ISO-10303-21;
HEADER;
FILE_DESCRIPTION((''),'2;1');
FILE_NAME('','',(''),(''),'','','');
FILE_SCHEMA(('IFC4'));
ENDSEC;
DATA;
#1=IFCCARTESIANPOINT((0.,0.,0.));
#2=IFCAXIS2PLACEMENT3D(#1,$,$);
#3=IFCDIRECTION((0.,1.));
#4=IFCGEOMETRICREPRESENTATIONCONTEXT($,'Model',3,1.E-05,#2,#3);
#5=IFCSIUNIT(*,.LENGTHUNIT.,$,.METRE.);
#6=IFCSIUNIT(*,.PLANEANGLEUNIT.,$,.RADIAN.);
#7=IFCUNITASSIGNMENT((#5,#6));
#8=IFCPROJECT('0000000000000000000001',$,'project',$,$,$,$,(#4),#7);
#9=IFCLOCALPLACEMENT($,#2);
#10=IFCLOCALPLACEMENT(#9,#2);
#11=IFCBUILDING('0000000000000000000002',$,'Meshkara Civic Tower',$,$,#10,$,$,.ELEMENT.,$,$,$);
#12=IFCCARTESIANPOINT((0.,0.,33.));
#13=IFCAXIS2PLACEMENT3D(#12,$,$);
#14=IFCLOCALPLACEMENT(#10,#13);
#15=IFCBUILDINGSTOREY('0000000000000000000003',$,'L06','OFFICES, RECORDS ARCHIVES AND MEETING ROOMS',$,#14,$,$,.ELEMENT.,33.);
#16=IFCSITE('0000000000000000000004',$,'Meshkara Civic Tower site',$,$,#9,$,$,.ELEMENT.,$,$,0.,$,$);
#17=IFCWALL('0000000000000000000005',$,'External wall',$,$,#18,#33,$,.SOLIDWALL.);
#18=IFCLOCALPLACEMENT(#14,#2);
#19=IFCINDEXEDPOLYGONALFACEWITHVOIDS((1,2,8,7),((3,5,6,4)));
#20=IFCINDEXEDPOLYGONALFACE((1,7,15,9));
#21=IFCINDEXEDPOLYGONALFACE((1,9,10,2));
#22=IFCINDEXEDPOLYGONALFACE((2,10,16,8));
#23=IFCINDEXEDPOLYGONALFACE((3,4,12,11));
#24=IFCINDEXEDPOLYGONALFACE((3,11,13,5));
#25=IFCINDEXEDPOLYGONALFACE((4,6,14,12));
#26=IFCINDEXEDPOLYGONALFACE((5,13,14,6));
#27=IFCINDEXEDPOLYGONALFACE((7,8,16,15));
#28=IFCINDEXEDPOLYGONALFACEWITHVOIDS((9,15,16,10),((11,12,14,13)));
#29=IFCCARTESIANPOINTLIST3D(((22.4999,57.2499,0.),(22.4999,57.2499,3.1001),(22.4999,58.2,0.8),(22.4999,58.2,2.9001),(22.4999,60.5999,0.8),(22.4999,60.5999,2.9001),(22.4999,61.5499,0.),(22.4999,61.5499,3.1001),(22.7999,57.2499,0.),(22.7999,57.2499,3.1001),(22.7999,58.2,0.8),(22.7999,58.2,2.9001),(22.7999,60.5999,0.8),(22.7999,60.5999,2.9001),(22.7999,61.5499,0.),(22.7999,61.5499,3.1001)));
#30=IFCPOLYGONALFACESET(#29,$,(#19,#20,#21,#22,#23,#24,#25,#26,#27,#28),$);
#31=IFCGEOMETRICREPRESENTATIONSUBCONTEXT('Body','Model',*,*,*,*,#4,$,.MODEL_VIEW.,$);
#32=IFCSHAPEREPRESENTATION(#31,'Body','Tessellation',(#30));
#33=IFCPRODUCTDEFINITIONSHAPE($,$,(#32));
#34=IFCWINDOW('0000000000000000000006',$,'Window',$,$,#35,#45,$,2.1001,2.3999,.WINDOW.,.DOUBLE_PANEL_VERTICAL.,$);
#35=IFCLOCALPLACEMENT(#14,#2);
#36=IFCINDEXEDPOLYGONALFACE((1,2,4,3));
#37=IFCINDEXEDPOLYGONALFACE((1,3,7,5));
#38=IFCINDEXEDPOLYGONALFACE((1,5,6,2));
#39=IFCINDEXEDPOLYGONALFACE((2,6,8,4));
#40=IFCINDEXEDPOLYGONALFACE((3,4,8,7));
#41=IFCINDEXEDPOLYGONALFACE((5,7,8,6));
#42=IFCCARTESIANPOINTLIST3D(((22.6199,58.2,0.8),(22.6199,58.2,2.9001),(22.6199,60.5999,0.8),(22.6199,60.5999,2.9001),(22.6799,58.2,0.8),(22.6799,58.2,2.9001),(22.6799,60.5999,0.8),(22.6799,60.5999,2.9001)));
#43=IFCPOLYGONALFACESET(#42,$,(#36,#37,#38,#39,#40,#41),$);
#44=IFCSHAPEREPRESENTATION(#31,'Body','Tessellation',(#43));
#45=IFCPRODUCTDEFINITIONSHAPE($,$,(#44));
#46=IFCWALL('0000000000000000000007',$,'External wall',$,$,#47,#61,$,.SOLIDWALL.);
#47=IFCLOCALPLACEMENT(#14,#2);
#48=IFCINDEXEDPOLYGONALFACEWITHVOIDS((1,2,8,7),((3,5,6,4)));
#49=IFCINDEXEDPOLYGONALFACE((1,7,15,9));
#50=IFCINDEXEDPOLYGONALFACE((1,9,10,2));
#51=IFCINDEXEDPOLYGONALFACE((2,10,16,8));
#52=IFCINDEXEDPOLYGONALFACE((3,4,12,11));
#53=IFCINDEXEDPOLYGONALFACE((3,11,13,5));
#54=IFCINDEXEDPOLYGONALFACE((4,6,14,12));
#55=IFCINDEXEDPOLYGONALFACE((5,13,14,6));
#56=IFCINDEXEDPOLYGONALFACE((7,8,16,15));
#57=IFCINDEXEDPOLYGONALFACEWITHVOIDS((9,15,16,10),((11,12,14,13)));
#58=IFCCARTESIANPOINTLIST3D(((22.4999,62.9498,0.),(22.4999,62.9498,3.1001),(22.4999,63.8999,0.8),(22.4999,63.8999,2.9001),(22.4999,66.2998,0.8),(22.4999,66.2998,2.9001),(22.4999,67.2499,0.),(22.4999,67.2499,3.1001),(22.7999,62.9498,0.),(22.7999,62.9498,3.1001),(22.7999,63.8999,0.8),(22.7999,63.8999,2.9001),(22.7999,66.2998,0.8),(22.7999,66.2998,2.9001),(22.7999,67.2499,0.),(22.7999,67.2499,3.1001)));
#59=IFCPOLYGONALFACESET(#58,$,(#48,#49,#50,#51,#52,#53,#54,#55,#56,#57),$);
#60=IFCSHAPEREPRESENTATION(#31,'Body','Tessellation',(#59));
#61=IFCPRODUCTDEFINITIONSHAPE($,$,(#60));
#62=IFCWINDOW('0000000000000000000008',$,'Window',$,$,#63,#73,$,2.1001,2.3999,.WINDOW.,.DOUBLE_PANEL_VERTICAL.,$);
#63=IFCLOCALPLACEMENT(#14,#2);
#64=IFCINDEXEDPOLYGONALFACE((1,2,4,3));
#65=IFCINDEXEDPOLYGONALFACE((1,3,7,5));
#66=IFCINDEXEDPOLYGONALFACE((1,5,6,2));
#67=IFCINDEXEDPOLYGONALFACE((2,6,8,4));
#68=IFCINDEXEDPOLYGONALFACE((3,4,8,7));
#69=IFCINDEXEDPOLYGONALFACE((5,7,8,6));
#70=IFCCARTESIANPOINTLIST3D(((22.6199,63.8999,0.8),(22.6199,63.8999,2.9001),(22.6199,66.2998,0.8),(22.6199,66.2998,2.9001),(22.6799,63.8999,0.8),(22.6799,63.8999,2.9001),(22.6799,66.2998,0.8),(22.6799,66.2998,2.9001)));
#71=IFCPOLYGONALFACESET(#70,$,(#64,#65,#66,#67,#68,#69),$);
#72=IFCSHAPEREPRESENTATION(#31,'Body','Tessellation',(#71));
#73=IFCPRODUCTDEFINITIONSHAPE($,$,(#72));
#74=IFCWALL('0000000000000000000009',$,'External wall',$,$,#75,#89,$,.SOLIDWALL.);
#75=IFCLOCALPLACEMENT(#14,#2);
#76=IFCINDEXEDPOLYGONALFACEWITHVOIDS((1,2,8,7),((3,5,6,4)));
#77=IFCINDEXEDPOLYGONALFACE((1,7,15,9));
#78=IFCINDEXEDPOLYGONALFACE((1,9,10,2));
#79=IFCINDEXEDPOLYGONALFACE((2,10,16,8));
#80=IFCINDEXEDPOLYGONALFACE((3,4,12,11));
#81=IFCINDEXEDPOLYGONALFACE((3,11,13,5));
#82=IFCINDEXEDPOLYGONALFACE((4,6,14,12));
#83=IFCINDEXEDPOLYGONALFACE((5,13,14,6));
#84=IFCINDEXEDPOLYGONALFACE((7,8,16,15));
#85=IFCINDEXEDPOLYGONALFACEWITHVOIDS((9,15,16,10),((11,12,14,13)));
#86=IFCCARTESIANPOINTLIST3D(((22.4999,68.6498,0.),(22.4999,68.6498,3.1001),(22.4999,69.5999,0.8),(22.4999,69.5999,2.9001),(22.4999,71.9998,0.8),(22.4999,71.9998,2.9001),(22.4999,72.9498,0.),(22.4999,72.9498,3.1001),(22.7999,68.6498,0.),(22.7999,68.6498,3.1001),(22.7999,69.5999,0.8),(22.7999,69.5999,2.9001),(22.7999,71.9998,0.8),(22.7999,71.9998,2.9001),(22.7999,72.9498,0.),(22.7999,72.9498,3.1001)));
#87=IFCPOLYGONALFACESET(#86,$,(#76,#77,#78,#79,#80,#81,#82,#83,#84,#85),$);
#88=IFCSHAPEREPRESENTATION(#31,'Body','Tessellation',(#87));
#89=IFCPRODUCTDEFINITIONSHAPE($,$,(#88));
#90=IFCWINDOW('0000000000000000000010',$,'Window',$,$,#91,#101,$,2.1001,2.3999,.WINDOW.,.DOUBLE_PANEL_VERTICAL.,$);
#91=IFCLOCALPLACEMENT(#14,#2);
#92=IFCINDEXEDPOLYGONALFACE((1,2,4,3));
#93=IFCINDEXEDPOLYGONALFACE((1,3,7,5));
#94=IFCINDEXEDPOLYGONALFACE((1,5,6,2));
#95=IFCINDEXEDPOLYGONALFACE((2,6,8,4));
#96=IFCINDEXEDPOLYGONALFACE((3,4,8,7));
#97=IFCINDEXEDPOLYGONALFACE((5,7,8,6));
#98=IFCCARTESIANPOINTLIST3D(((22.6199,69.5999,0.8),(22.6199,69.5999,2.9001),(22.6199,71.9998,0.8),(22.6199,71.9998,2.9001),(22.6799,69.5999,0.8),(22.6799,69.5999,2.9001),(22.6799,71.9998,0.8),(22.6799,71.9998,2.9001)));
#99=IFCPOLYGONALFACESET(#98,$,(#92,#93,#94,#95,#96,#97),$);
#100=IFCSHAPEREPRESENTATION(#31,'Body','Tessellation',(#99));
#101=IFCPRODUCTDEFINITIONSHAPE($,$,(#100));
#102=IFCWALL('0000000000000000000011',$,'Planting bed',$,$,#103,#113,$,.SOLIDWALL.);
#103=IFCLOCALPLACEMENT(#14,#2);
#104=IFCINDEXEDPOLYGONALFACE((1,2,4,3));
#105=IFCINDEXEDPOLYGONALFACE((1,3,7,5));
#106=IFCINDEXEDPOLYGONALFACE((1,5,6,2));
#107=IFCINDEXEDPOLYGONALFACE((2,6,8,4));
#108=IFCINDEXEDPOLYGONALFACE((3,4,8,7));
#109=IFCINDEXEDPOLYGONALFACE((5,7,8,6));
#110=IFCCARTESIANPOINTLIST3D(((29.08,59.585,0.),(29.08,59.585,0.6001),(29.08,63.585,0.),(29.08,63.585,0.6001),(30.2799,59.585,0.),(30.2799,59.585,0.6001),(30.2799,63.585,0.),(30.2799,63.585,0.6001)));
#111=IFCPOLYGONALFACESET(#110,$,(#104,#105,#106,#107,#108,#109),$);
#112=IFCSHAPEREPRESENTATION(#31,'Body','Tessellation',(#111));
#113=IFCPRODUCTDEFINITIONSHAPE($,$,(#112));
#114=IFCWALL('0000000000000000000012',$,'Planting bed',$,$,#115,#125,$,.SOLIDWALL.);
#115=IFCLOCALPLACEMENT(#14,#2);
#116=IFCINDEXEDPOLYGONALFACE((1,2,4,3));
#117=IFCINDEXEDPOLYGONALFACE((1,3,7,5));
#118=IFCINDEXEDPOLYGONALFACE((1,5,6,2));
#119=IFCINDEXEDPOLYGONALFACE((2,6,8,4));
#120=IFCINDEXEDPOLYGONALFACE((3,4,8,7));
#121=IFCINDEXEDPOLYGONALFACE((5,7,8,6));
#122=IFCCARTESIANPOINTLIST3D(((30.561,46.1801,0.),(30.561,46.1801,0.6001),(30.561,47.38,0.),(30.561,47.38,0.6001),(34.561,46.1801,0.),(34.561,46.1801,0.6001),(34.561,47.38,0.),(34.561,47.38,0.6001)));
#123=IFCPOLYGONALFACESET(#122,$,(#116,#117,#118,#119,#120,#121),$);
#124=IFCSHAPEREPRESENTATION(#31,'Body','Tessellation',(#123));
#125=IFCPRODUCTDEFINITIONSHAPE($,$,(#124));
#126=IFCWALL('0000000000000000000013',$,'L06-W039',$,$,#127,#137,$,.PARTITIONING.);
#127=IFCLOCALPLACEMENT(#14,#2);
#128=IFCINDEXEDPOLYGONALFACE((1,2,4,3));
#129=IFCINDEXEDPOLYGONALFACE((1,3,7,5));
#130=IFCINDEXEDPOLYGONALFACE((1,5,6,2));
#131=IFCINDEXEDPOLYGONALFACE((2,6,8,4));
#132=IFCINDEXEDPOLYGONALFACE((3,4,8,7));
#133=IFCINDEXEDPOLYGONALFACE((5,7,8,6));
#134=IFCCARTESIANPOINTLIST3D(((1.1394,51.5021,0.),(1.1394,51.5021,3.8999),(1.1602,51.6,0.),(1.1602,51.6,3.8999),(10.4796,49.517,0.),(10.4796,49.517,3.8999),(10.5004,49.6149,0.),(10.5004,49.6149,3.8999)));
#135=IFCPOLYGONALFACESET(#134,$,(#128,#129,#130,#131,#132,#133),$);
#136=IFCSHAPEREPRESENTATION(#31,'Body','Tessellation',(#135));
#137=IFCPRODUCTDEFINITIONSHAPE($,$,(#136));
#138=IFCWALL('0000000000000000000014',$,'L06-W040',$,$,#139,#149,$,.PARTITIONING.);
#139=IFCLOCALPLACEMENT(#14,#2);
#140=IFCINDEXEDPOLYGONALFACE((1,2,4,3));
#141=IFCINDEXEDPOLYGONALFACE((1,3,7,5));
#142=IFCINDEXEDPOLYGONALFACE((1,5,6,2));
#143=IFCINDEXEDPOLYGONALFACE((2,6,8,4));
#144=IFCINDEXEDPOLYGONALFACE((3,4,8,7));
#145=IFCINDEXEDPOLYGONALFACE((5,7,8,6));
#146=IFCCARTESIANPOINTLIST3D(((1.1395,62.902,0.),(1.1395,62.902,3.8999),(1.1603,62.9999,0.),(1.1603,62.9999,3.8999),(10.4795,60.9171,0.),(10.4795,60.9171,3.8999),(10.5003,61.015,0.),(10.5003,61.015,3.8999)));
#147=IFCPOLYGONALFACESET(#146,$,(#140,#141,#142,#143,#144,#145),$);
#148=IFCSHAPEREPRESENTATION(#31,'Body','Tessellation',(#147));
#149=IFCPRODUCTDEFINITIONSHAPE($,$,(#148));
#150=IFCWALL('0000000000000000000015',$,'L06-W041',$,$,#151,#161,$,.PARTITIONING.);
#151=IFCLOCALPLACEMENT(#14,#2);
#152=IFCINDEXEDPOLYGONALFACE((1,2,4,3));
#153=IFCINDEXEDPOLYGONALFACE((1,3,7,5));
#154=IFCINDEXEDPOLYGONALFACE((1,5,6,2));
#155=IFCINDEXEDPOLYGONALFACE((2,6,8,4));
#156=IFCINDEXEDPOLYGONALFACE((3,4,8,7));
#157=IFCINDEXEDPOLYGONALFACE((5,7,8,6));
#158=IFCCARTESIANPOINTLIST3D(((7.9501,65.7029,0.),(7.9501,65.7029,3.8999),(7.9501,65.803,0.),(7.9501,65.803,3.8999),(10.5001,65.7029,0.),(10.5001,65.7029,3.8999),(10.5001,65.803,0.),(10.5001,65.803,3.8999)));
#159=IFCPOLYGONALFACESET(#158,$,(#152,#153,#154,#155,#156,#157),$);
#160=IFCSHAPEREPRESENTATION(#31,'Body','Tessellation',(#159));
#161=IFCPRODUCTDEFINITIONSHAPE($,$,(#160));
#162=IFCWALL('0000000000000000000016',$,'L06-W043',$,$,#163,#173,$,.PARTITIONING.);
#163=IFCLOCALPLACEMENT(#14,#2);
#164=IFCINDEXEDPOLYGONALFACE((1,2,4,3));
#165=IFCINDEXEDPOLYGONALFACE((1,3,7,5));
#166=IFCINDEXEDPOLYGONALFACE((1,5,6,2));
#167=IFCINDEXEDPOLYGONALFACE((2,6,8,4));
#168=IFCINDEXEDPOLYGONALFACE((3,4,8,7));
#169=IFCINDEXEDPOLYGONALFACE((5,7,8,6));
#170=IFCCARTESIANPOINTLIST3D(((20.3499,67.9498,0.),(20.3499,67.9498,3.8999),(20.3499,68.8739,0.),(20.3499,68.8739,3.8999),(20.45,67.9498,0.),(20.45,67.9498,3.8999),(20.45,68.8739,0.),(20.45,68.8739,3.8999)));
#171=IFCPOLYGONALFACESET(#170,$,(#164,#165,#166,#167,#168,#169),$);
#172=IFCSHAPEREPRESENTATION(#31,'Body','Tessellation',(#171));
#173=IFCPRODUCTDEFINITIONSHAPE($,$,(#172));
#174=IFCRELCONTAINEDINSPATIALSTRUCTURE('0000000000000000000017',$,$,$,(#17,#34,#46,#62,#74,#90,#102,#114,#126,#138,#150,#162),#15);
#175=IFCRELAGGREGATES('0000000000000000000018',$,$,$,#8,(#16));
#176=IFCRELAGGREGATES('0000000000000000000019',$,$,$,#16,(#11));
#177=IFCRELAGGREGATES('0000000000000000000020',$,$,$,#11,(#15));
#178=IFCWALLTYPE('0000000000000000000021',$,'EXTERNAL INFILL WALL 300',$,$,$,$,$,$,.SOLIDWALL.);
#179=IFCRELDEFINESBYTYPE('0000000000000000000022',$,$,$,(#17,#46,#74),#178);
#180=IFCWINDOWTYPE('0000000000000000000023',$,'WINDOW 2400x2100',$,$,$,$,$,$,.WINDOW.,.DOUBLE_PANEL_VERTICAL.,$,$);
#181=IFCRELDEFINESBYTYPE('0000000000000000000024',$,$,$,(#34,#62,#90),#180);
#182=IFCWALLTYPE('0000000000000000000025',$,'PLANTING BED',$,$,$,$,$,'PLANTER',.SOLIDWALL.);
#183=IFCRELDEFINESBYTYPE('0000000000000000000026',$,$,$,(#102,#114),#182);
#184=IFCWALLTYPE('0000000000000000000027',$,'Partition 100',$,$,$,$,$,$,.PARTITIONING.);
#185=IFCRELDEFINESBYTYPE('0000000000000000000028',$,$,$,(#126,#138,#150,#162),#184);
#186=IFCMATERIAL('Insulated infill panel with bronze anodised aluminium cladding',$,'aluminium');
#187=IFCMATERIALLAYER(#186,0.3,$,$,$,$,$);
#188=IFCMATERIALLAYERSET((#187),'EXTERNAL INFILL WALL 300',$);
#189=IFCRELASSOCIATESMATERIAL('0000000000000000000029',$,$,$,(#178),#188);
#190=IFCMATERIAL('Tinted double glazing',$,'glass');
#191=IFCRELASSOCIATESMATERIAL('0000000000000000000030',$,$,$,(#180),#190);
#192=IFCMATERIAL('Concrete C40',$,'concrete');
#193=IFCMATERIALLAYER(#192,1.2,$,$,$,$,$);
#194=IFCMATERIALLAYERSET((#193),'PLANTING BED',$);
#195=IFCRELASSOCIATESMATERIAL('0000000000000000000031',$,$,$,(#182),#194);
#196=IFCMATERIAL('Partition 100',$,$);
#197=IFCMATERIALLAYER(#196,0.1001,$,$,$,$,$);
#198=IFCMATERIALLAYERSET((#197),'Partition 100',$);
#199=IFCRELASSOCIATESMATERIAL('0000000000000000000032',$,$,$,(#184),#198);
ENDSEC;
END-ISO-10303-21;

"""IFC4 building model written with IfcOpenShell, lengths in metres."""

from ifc_helpers import new_model, si_unit, direction, frame, frame_2d, origin, place, context, subcontext, project, spatial, rectangle, extrude, material, layer, layer_set, type_object, element, fill, save


model = new_model("IFC4")

# Units and contexts
model_context = context("Model", 3, precision=1e-05, world=origin(), true_north=direction((0.0, 1.0)))
body_context = subcontext(model_context, "Body", "Model", "MODEL_VIEW")
ifc_project = project(units=[si_unit("LENGTHUNIT", "METRE"), si_unit("PLANEANGLEUNIT", "RADIAN")], contexts=[model_context])

# Site, building, storey
site_placement = place(None, origin())
site = spatial("IfcSite", under=ifc_project, at=site_placement, Name="Meshkara Civic Tower site", CompositionType="ELEMENT", RefElevation=0.0)
building_placement = place(site_placement, origin())
building = spatial("IfcBuilding", under=site, at=building_placement, Name="Meshkara Civic Tower", CompositionType="ELEMENT")
storey_placement = place(building_placement, frame((0.0, 0.0, 33.0)))
storey = spatial("IfcBuildingStorey", under=building, at=storey_placement, Name="L06", Description="OFFICES, RECORDS ARCHIVES AND MEETING ROOMS", CompositionType="ELEMENT", Elevation=33.0)

# Walls, openings, windows
ifc_material_1 = material(Name="Insulated infill panel with bronze anodised aluminium cladding", Category="aluminium")
ifc_layer_1 = layer(ifc_material_1, 0.3)
ifc_layer_set_1 = layer_set([ifc_layer_1], Name="EXTERNAL INFILL WALL 300")
wall_type_1 = type_object("IfcWallType", Name="EXTERNAL INFILL WALL 300", PredefinedType="SOLIDWALL", material=ifc_layer_set_1)
ifc_material_2 = material(Name="Tinted double glazing", Category="glass")
window_type = type_object("IfcWindowType", Name="WINDOW 2400x2100", PartitioningType="DOUBLE_PANEL_VERTICAL", PredefinedType="WINDOW", material=ifc_material_2)
wall_1_placement = place(storey_placement, frame((22.6499, 57.25, 0.0), z_axis=(0.0, 0.0, 1.0), x_axis=(0.0, 1.0, 0.0)))
wall_1 = element("IfcWall", 1, at=wall_1_placement, inside=storey, type_object=wall_type_1, Name="External wall", PredefinedType="SOLIDWALL", context=body_context, shape_type="SweptSolid", body=[
    extrude(rectangle(XDim=4.3, YDim=0.3, at=frame_2d((2.1499, 0.0))), origin(), (0.0, 0.0, 1.0), 3.1001),
])
opening_1_placement = place(wall_1_placement, frame((0.95, 0.0, 0.8)))
opening_1 = element("IfcOpeningElement", 2, at=opening_1_placement, cuts=wall_1, PredefinedType="OPENING", context=body_context, shape_type="SweptSolid", body=[
    extrude(rectangle(XDim=2.3999, YDim=2.1001, at=frame_2d((1.2, 1.05))), frame((0.0, 0.1599, 0.0), z_axis=(0.0, -1.0, 0.0), x_axis=(1.0, 0.0, 0.0)), (0.0, 0.0, 1.0), 0.3201),
])
window_1_placement = place(opening_1_placement, origin())
window_1 = element("IfcWindow", 3, at=window_1_placement, inside=storey, type_object=window_type, Name="Window", OverallHeight=2.1001, OverallWidth=2.3999, PartitioningType="DOUBLE_PANEL_VERTICAL", PredefinedType="WINDOW", context=body_context, shape_type="SweptSolid", body=[
    extrude(rectangle(XDim=2.3999, YDim=2.1001, at=frame_2d((1.2, 1.05))), frame((0.0, 0.03, 0.0), z_axis=(0.0, -1.0, 0.0), x_axis=(1.0, 0.0, 0.0)), (0.0, 0.0, 1.0), 0.0601),
])
fill(opening_1, window_1)
wall_2_placement = place(storey_placement, frame((22.6499, 62.95, 0.0), z_axis=(0.0, 0.0, 1.0), x_axis=(0.0, 1.0, 0.0)))
wall_2 = element("IfcWall", 4, at=wall_2_placement, inside=storey, type_object=wall_type_1, Name="External wall", PredefinedType="SOLIDWALL", context=body_context, shape_type="SweptSolid", body=[
    extrude(rectangle(XDim=4.3, YDim=0.3, at=frame_2d((2.1499, 0.0))), origin(), (0.0, 0.0, 1.0), 3.1001),
])
opening_2_placement = place(wall_2_placement, frame((0.95, 0.0, 0.8)))
opening_2 = element("IfcOpeningElement", 5, at=opening_2_placement, cuts=wall_2, PredefinedType="OPENING", context=body_context, shape_type="SweptSolid", body=[
    extrude(rectangle(XDim=2.3999, YDim=2.1001, at=frame_2d((1.2, 1.05))), frame((0.0, 0.1599, 0.0), z_axis=(0.0, -1.0, 0.0), x_axis=(1.0, 0.0, 0.0)), (0.0, 0.0, 1.0), 0.3201),
])
window_2_placement = place(opening_2_placement, origin())
window_2 = element("IfcWindow", 6, at=window_2_placement, inside=storey, type_object=window_type, Name="Window", OverallHeight=2.1001, OverallWidth=2.3999, PartitioningType="DOUBLE_PANEL_VERTICAL", PredefinedType="WINDOW", context=body_context, shape_type="SweptSolid", body=[
    extrude(rectangle(XDim=2.3999, YDim=2.1001, at=frame_2d((1.2, 1.05))), frame((0.0, 0.03, 0.0), z_axis=(0.0, -1.0, 0.0), x_axis=(1.0, 0.0, 0.0)), (0.0, 0.0, 1.0), 0.0601),
])
fill(opening_2, window_2)
wall_3_placement = place(storey_placement, frame((22.6499, 68.6499, 0.0), z_axis=(0.0, 0.0, 1.0), x_axis=(0.0, 1.0, 0.0)))
wall_3 = element("IfcWall", 7, at=wall_3_placement, inside=storey, type_object=wall_type_1, Name="External wall", PredefinedType="SOLIDWALL", context=body_context, shape_type="SweptSolid", body=[
    extrude(rectangle(XDim=4.3, YDim=0.3, at=frame_2d((2.1499, 0.0))), origin(), (0.0, 0.0, 1.0), 3.1001),
])
opening_3_placement = place(wall_3_placement, frame((0.95, 0.0, 0.8)))
opening_3 = element("IfcOpeningElement", 8, at=opening_3_placement, cuts=wall_3, PredefinedType="OPENING", context=body_context, shape_type="SweptSolid", body=[
    extrude(rectangle(XDim=2.3999, YDim=2.1001, at=frame_2d((1.2, 1.05))), frame((0.0, 0.1599, 0.0), z_axis=(0.0, -1.0, 0.0), x_axis=(1.0, 0.0, 0.0)), (0.0, 0.0, 1.0), 0.3201),
])
window_3_placement = place(opening_3_placement, origin())
window_3 = element("IfcWindow", 9, at=window_3_placement, inside=storey, type_object=window_type, Name="Window", OverallHeight=2.1001, OverallWidth=2.3999, PartitioningType="DOUBLE_PANEL_VERTICAL", PredefinedType="WINDOW", context=body_context, shape_type="SweptSolid", body=[
    extrude(rectangle(XDim=2.3999, YDim=2.1001, at=frame_2d((1.2, 1.05))), frame((0.0, 0.03, 0.0), z_axis=(0.0, -1.0, 0.0), x_axis=(1.0, 0.0, 0.0)), (0.0, 0.0, 1.0), 0.0601),
])
fill(opening_3, window_3)

# Walls
ifc_material_3 = material(Name="Concrete C40", Category="concrete")
ifc_layer_2 = layer(ifc_material_3, 1.2)
ifc_layer_set_2 = layer_set([ifc_layer_2], Name="PLANTING BED")
wall_type_2 = type_object("IfcWallType", Name="PLANTING BED", ElementType="PLANTER", PredefinedType="SOLIDWALL", material=ifc_layer_set_2)
for number, where, z_axis, x_axis, name in (
    (10, (29.6799, 63.585, 0.0), (0.0, 0.0, 1.0), (0.0, -1.0, 0.0), "Planting bed"),
    (11, (30.561, 46.78, 0.0), (0.0, 0.0, 1.0), (1.0, 0.0, 0.0), "Planting bed"),
):
    element("IfcWall", number, at=place(storey_placement, frame(where, z_axis=z_axis, x_axis=x_axis)), inside=storey, type_object=wall_type_2, Name=name, PredefinedType="SOLIDWALL", context=body_context, shape_type="SweptSolid", body=[
        extrude(rectangle(XDim=4.0, YDim=1.2, at=frame_2d((2.0, 0.0))), origin(), (0.0, 0.0, 1.0), 0.6001),
    ])
ifc_material_4 = material(Name="Partition 100")
ifc_layer_3 = layer(ifc_material_4, 0.1001)
ifc_layer_set_3 = layer_set([ifc_layer_3], Name="Partition 100")
wall_type_3 = type_object("IfcWallType", Name="Partition 100", PredefinedType="PARTITIONING", material=ifc_layer_set_3)
wall_4_placement = place(storey_placement, frame((10.49, 49.5659, 0.0), z_axis=(0.0, 0.0, 1.0), x_axis=(-0.978152, 0.207893, 0.0)))
element("IfcWall", 12, at=wall_4_placement, inside=storey, type_object=wall_type_3, Name="L06-W039", PredefinedType="PARTITIONING", context=body_context, shape_type="SweptSolid", body=[
    extrude(rectangle(XDim=9.5488, YDim=0.1001, at=frame_2d((4.7744, 0.0))), origin(), (0.0, 0.0, 1.0), 3.8999),
])
wall_5_placement = place(storey_placement, frame((10.49, 60.9661, 0.0), z_axis=(0.0, 0.0, 1.0), x_axis=(-0.978157, 0.207868, 0.0)))
element("IfcWall", 13, at=wall_5_placement, inside=storey, type_object=wall_type_3, Name="L06-W040", PredefinedType="PARTITIONING", context=body_context, shape_type="SweptSolid", body=[
    extrude(rectangle(XDim=9.5486, YDim=0.1001, at=frame_2d((4.7744, 0.0))), origin(), (0.0, 0.0, 1.0), 3.8999),
])
wall_6_placement = place(storey_placement, frame((10.5, 65.7529, 0.0), z_axis=(0.0, 0.0, 1.0), x_axis=(-1.0, 0.0, 0.0)))
element("IfcWall", 14, at=wall_6_placement, inside=storey, type_object=wall_type_3, Name="L06-W041", PredefinedType="PARTITIONING", context=body_context, shape_type="SweptSolid", body=[
    extrude(rectangle(XDim=2.55, YDim=0.1001, at=frame_2d((1.2749, 0.0))), origin(), (0.0, 0.0, 1.0), 3.8999),
])
wall_7_placement = place(storey_placement, frame((20.3999, 67.95, 0.0), z_axis=(0.0, 0.0, 1.0), x_axis=(0.0, 1.0, 0.0)))
element("IfcWall", 15, at=wall_7_placement, inside=storey, type_object=wall_type_3, Name="L06-W043", PredefinedType="PARTITIONING", context=body_context, shape_type="SweptSolid", body=[
    extrude(rectangle(XDim=0.9241, YDim=0.1001, at=frame_2d((0.4619, 0.0))), origin(), (0.0, 0.0, 1.0), 3.8999),
])

save(model, "model.ifc")
